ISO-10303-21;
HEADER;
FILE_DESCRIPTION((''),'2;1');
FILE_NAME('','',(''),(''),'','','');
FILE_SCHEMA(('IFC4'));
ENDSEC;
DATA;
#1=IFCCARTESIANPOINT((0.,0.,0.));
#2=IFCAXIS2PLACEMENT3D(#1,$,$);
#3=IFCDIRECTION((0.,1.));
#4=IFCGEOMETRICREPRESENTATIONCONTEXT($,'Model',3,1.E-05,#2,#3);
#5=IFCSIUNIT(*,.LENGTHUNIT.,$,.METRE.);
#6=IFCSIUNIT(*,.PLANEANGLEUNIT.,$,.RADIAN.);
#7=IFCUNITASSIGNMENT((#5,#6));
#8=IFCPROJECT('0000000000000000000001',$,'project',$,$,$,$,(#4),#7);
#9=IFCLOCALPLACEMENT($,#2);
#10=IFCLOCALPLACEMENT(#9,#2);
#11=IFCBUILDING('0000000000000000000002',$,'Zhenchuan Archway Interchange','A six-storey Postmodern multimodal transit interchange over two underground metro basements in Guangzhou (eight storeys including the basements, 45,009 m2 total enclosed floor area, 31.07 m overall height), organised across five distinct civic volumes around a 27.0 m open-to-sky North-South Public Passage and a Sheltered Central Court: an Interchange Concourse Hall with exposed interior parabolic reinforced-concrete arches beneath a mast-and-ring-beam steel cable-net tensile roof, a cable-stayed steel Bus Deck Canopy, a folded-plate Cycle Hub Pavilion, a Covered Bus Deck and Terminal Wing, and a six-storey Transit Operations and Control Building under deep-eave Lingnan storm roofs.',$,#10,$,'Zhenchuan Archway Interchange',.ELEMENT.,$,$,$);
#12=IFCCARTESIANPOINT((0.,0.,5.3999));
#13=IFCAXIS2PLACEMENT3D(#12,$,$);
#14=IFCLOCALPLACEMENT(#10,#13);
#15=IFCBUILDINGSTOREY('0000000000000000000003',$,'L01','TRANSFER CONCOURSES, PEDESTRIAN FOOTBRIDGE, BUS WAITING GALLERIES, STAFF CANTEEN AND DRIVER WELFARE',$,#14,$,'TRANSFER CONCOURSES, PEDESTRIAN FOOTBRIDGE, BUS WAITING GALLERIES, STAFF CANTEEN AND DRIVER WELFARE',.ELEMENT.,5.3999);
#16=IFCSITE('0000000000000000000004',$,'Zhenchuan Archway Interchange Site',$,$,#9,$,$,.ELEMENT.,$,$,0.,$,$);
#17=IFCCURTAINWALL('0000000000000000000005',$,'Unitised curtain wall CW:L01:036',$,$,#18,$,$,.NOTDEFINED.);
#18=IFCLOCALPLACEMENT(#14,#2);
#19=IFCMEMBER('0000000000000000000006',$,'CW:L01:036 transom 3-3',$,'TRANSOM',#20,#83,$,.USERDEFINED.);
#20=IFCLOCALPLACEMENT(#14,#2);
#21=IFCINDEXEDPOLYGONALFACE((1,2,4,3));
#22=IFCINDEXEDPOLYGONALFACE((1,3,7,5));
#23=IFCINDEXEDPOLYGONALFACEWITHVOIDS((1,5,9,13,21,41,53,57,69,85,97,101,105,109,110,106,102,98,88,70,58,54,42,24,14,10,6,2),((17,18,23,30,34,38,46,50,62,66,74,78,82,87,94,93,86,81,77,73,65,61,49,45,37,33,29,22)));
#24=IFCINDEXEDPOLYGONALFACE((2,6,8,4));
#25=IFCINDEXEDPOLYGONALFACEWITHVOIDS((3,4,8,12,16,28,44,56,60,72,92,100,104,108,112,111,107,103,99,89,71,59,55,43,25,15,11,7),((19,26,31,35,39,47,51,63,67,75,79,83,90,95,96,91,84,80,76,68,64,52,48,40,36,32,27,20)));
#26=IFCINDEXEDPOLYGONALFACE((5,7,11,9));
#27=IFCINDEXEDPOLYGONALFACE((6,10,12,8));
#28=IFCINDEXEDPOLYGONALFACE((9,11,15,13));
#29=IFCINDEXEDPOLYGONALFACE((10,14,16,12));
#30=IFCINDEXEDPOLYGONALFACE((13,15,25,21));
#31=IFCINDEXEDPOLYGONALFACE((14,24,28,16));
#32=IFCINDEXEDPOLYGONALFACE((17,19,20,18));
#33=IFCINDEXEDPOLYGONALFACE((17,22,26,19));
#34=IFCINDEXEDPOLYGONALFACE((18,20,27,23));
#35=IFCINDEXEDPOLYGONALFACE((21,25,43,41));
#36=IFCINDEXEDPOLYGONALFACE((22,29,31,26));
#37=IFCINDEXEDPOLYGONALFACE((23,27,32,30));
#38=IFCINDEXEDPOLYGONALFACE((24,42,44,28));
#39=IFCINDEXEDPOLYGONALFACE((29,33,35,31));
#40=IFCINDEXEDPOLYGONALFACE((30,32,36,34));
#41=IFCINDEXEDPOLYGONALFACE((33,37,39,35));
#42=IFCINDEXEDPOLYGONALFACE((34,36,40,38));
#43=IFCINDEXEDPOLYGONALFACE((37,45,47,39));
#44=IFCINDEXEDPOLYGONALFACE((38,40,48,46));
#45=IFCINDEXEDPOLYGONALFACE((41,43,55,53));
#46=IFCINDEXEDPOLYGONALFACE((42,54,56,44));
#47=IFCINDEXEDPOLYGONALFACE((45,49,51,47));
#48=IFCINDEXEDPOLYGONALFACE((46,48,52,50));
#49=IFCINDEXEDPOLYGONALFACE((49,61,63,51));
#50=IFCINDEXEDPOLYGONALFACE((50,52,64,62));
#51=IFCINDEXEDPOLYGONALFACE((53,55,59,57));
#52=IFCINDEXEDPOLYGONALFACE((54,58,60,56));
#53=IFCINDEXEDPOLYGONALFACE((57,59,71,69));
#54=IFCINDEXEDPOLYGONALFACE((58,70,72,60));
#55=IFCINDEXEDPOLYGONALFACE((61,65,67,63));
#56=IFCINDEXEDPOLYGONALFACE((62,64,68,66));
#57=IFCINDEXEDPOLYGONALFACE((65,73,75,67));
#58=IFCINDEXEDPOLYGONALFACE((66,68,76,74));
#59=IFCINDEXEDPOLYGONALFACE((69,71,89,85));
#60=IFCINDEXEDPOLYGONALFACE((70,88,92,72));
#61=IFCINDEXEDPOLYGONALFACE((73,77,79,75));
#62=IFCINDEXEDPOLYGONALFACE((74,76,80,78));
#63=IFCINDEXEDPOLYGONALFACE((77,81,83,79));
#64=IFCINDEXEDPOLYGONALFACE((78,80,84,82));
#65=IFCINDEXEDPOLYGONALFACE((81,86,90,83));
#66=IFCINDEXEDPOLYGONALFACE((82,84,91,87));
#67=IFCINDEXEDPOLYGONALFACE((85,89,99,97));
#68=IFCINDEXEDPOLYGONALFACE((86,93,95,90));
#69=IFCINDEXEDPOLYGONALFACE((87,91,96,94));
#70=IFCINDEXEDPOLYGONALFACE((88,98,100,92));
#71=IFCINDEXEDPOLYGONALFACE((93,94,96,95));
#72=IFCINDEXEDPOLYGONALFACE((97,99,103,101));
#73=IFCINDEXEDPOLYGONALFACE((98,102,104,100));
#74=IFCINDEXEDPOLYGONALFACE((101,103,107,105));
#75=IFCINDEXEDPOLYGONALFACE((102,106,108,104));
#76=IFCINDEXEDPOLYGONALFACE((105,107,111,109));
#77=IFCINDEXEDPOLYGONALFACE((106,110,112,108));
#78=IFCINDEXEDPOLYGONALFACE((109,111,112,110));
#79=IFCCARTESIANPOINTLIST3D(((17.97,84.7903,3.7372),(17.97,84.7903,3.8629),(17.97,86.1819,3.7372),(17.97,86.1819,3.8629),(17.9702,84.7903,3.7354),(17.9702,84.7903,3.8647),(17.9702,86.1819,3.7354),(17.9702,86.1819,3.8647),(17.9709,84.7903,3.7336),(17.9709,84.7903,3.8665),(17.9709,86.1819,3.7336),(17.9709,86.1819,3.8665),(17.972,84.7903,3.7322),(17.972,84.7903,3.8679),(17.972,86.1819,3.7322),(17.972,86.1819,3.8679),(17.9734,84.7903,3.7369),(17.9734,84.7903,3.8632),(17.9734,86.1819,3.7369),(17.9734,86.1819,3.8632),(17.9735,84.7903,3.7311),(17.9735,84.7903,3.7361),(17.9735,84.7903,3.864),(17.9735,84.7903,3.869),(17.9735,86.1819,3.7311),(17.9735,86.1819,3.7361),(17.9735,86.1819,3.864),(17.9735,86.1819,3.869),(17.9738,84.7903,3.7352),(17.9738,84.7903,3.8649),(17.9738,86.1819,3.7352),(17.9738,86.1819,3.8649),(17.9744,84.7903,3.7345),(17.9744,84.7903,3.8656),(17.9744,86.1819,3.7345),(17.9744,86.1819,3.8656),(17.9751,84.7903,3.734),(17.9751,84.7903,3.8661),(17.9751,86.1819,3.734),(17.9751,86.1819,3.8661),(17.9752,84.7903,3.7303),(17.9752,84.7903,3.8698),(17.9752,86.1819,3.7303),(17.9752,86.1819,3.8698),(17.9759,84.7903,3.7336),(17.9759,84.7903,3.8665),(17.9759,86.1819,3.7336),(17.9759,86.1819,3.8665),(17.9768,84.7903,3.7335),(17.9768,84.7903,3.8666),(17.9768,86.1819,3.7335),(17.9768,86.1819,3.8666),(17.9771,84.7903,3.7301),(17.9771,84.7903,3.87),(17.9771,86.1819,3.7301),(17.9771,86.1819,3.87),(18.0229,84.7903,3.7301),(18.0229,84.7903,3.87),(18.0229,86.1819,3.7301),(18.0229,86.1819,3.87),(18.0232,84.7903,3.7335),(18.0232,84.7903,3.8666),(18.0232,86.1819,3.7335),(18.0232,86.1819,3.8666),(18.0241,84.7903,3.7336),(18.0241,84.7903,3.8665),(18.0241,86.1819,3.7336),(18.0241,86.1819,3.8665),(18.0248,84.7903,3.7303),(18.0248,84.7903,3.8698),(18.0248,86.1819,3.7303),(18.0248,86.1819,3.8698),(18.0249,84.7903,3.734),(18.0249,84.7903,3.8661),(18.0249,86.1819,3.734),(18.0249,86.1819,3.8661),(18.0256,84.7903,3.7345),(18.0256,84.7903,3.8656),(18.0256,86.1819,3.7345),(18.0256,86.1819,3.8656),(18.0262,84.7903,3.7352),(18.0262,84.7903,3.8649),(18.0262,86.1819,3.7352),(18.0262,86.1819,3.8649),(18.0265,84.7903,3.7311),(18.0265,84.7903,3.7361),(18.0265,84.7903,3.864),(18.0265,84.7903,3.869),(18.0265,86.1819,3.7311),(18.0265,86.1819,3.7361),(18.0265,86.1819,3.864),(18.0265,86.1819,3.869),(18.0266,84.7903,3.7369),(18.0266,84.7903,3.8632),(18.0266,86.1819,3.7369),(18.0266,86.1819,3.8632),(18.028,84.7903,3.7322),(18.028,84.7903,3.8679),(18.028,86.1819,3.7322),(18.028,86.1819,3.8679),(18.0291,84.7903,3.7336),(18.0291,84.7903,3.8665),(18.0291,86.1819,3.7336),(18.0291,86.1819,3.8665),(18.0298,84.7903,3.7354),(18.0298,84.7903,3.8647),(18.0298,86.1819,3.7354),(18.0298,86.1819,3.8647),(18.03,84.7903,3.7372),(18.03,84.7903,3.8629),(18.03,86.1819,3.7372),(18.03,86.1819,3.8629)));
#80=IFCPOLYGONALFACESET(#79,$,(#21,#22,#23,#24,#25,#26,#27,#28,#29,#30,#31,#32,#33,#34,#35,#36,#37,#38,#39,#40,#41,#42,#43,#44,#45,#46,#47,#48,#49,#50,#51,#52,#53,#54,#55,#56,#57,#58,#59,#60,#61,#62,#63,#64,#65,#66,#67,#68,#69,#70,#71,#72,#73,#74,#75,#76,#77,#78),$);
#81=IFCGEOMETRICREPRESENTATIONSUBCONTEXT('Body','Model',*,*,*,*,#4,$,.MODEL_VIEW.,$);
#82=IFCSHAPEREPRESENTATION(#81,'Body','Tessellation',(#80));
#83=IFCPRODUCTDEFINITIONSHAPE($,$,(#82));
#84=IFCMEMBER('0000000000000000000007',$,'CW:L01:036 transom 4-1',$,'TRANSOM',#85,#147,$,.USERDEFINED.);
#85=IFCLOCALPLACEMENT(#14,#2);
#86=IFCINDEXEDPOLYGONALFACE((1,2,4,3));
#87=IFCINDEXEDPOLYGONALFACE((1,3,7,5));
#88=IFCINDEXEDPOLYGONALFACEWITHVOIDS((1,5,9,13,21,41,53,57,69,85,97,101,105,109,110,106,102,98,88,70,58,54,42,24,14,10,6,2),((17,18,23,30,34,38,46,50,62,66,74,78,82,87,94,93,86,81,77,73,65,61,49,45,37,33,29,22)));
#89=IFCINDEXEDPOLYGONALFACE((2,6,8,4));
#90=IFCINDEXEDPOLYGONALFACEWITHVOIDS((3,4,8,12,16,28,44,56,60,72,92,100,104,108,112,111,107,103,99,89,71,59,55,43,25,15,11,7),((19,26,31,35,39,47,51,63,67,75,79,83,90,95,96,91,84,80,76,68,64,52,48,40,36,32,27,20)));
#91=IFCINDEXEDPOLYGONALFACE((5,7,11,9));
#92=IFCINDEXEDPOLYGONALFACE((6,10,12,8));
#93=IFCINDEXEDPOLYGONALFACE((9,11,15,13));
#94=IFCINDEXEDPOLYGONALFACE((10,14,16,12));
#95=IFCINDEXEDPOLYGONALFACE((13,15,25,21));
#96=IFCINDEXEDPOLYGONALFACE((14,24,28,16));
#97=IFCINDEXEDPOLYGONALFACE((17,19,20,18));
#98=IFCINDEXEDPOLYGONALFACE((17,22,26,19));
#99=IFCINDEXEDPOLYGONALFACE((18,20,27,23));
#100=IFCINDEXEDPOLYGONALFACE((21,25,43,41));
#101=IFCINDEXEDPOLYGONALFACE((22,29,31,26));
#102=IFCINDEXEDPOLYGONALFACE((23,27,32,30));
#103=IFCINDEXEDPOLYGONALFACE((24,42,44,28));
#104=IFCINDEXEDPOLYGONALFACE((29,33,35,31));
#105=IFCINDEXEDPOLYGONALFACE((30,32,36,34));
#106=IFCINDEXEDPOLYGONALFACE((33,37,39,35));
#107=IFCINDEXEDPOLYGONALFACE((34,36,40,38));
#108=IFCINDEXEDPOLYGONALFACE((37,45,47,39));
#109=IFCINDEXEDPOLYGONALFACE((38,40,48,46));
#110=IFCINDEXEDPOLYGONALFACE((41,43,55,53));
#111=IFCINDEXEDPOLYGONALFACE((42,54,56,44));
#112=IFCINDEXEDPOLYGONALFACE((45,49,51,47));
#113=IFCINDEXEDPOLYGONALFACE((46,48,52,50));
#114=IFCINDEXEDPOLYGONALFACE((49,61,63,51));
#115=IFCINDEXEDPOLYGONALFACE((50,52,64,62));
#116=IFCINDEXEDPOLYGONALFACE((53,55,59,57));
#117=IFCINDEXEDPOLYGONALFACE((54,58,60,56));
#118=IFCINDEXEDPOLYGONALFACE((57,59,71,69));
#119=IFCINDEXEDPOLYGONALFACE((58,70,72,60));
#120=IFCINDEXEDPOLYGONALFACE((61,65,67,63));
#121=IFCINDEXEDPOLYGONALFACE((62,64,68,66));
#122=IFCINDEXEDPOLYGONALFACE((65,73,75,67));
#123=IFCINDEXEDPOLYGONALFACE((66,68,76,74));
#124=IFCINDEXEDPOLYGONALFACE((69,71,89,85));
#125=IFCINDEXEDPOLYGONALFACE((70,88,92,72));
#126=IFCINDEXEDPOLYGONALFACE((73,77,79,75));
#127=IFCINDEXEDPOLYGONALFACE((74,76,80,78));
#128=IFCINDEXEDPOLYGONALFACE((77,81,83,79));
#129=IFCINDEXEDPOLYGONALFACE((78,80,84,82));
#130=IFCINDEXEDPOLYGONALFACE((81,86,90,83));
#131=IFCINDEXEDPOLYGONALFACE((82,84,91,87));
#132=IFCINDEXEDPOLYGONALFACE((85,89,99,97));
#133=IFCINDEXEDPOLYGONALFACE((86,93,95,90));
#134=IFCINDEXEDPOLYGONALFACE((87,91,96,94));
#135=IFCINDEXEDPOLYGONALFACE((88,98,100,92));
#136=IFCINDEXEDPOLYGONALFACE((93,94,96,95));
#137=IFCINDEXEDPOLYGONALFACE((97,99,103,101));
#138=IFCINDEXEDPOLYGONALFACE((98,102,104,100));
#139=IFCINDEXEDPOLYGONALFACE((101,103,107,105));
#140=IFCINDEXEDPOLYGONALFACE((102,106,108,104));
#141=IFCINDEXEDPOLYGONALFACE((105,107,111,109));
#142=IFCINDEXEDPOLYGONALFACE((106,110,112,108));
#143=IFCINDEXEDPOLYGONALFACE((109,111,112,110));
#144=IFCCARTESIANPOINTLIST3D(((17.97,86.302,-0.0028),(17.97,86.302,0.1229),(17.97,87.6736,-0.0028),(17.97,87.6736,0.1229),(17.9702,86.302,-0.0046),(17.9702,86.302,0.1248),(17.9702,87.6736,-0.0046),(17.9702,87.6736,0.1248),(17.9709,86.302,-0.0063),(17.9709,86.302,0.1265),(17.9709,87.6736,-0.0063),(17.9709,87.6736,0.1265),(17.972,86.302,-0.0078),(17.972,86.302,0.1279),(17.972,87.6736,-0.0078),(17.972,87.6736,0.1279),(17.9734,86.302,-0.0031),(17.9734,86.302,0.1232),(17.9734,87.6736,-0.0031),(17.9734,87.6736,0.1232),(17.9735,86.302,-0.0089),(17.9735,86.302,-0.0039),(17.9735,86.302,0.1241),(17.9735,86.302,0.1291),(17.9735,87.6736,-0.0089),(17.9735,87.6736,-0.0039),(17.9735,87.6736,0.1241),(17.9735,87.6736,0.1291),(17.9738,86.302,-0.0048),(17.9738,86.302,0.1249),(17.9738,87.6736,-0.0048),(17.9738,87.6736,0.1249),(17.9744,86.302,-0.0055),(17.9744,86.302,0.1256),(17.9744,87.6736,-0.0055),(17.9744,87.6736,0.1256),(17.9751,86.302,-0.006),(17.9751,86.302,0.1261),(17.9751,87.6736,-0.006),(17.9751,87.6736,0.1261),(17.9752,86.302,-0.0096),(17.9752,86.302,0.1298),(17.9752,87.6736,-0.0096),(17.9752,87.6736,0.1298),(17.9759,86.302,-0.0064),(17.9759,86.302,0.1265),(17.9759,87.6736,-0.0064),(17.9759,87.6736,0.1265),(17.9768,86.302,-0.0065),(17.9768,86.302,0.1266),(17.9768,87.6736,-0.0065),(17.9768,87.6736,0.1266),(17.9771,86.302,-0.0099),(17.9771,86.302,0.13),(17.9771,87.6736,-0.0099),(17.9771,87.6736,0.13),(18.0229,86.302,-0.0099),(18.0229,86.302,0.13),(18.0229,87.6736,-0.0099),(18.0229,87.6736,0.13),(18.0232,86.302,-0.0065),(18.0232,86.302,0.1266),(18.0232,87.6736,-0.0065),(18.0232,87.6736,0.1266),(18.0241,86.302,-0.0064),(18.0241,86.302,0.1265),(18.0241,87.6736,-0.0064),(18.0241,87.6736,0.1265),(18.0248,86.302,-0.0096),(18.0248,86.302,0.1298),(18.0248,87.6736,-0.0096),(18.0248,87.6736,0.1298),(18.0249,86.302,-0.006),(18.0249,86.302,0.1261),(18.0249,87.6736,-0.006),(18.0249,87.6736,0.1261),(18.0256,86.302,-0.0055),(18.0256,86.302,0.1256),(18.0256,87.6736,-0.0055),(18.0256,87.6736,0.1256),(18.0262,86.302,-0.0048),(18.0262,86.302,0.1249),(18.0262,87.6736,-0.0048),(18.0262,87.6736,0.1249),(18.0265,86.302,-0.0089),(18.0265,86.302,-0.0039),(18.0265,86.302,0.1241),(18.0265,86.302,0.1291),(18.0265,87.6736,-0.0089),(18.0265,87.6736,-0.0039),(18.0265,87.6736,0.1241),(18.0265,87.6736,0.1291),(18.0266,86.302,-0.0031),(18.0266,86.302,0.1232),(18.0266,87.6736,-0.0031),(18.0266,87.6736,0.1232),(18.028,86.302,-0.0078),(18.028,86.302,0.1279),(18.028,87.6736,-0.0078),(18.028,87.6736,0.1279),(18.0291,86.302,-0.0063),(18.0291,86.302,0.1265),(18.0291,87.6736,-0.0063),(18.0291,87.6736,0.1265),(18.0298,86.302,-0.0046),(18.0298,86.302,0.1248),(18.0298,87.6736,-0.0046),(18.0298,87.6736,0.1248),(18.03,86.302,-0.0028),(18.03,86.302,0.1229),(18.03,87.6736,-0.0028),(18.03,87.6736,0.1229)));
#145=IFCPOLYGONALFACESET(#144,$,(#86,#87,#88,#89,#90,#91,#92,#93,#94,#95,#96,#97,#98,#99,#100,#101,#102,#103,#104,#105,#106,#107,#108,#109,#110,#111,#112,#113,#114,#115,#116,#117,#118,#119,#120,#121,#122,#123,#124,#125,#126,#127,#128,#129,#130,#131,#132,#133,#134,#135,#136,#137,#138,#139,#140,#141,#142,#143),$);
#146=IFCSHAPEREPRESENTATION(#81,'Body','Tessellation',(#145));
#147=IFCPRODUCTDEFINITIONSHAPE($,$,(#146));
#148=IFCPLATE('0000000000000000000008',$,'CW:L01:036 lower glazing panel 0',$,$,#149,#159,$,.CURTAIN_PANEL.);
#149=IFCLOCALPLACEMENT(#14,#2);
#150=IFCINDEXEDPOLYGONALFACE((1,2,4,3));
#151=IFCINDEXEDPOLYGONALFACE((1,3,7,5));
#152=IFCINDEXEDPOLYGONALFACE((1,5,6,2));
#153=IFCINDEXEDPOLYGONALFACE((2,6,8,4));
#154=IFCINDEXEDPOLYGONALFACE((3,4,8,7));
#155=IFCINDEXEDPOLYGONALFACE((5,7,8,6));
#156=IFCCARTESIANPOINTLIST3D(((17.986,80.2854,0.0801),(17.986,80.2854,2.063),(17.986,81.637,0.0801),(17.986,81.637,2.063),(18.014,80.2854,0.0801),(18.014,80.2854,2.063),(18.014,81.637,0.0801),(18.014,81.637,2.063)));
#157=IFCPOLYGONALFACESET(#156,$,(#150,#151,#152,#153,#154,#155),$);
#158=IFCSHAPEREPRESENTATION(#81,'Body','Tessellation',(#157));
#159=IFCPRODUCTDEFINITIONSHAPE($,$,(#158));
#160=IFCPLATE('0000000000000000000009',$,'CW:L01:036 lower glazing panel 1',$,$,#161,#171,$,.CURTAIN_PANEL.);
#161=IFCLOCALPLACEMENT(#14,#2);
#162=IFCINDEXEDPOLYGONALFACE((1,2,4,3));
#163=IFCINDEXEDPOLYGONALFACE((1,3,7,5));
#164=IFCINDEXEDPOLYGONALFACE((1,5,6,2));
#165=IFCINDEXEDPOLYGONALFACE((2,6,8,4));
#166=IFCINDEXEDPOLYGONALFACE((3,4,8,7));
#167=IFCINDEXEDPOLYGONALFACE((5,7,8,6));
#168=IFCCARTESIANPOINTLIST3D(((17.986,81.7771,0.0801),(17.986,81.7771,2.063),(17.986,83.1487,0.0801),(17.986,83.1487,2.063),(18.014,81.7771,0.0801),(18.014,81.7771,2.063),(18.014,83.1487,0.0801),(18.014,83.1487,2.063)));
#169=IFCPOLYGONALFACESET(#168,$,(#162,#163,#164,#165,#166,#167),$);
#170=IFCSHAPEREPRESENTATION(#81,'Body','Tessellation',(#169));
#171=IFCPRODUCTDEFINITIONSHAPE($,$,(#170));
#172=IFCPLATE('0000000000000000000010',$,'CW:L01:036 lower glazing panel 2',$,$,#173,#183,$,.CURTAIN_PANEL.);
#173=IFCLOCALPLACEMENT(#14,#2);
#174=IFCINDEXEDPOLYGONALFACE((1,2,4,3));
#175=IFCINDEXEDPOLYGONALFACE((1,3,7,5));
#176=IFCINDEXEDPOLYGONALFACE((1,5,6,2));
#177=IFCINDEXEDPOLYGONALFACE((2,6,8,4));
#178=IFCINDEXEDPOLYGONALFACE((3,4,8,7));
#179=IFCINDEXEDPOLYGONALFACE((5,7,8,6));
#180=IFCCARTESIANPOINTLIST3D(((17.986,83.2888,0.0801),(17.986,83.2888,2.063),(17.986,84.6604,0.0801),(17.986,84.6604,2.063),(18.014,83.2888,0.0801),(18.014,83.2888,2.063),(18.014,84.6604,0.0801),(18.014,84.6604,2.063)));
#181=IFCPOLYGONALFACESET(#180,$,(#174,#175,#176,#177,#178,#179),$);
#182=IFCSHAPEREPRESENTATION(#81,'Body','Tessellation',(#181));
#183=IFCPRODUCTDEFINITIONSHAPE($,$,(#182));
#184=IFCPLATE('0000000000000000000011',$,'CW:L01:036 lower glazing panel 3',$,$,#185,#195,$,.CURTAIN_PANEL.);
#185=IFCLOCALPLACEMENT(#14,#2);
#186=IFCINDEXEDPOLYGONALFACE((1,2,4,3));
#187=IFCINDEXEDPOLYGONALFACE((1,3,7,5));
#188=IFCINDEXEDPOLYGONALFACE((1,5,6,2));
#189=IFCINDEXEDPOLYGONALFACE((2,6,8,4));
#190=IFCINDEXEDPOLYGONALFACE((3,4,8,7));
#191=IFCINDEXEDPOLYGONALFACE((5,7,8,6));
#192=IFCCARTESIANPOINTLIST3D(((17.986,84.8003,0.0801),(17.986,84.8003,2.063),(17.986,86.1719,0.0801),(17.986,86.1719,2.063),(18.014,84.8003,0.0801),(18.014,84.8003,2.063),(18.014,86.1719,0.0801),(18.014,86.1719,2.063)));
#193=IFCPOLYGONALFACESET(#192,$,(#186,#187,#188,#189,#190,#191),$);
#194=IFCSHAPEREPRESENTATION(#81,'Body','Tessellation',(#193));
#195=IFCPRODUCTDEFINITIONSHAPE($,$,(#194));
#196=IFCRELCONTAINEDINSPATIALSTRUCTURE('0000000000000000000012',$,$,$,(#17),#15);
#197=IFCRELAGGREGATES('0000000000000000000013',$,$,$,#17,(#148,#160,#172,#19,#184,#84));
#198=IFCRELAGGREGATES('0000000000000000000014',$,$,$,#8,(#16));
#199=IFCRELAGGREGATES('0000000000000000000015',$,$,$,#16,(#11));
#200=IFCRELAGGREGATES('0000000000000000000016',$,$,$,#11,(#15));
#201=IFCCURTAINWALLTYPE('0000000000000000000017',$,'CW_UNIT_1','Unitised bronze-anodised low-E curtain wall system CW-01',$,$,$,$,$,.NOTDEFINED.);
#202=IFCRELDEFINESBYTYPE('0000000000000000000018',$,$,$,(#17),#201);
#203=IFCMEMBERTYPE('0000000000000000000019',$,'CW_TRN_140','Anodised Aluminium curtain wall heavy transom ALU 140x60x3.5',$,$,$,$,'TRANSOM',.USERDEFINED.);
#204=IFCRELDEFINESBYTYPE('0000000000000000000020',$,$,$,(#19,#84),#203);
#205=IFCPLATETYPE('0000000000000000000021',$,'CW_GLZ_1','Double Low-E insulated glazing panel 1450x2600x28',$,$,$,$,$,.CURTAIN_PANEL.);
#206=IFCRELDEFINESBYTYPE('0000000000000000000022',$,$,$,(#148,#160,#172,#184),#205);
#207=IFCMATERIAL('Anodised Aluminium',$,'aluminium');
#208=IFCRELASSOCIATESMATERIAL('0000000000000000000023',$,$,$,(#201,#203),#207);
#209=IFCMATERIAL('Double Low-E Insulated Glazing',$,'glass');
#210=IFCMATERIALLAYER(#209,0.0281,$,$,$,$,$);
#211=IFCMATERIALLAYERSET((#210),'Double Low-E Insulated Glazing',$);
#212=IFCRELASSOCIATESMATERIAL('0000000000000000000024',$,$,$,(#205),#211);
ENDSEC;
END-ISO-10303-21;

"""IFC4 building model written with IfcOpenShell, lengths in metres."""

from ifc_helpers import new_model, si_unit, direction, frame, origin, origin_2d, place, context, subcontext, project, spatial, rectangle, hollow_rectangle, extrude, material, layer, layer_set, material_profile, profile_set, type_object, element, aggregate, save


model = new_model("IFC4")

# Units and contexts
model_context = context("Model", 3, precision=1e-05, world=origin(), true_north=direction((0.0, 1.0)))
body_context = subcontext(model_context, "Body", "Model", "MODEL_VIEW")
ifc_project = project(units=[si_unit("LENGTHUNIT", "METRE"), si_unit("PLANEANGLEUNIT", "RADIAN")], contexts=[model_context])

# Site, building, storey
site_placement = place(None, origin())
site = spatial("IfcSite", under=ifc_project, at=site_placement, Name="Zhenchuan Archway Interchange Site", CompositionType="ELEMENT", RefElevation=0.0)
building_placement = place(site_placement, origin())
building = spatial("IfcBuilding", under=site, at=building_placement, Name="Zhenchuan Archway Interchange", Description="A six-storey Postmodern multimodal transit interchange over two underground metro basements in Guangzhou (eight storeys including the basements, 45,009 m2 total enclosed floor area, 31.07 m overall height), organised across five distinct civic volumes around a 27.0 m open-to-sky North-South Public Passage and a Sheltered Central Court: an Interchange Concourse Hall with exposed interior parabolic reinforced-concrete arches beneath a mast-and-ring-beam steel cable-net tensile roof, a cable-stayed steel Bus Deck Canopy, a folded-plate Cycle Hub Pavilion, a Covered Bus Deck and Terminal Wing, and a six-storey Transit Operations and Control Building under deep-eave Lingnan storm roofs.", LongName="Zhenchuan Archway Interchange", CompositionType="ELEMENT")
storey_placement = place(building_placement, frame((0.0, 0.0, 5.3999)))
storey = spatial("IfcBuildingStorey", under=building, at=storey_placement, Name="L01", Description="TRANSFER CONCOURSES, PEDESTRIAN FOOTBRIDGE, BUS WAITING GALLERIES, STAFF CANTEEN AND DRIVER WELFARE", LongName="TRANSFER CONCOURSES, PEDESTRIAN FOOTBRIDGE, BUS WAITING GALLERIES, STAFF CANTEEN AND DRIVER WELFARE", CompositionType="ELEMENT", Elevation=5.3999)

# Curtain wall, members, plates
ifc_material_1 = material(Name="Anodised Aluminium", Category="aluminium")
curtain_wall_type = type_object("IfcCurtainWallType", Name="CW_UNIT_1", Description="Unitised bronze-anodised low-E curtain wall system CW-01", PredefinedType="NOTDEFINED", material=ifc_material_1)
curtain_wall_placement = place(storey_placement, origin())
curtain_wall = element("IfcCurtainWall", 1, at=curtain_wall_placement, inside=storey, type_object=curtain_wall_type, Name="Unitised curtain wall CW:L01:036", PredefinedType="NOTDEFINED")
ifc_material_profile_1 = material_profile(ifc_material_1, hollow_rectangle(XDim=0.0601, YDim=0.1399, WallThickness=0.0034, InnerFilletRadius=0.0034, OuterFilletRadius=0.0071, at=origin_2d()), Name="ALU 140x60x3.5")
ifc_profile_set_1 = profile_set([ifc_material_profile_1], Name="Anodised Aluminium")
member_type_1 = type_object("IfcMemberType", Name="CW_TRN_140", Description="Anodised Aluminium curtain wall heavy transom ALU 140x60x3.5", ElementType="TRANSOM", PredefinedType="USERDEFINED", material=ifc_profile_set_1)
member_1_placement = place(storey_placement, frame((18.0, 84.7903, 3.8), z_axis=(0.0, 1.0, 0.0), x_axis=(-1.0, 0.0, 0.0)))
member_1 = element("IfcMember", 2, at=member_1_placement, type_object=member_type_1, Name="CW:L01:036 transom 3-3", ObjectType="TRANSOM", PredefinedType="USERDEFINED", context=body_context, shape_type="SweptSolid", body=[
    extrude(hollow_rectangle(XDim=0.0601, YDim=0.1399, WallThickness=0.0034, InnerFilletRadius=0.0034, OuterFilletRadius=0.0071, at=origin_2d()), origin(), (0.0, 0.0, 1.0), 1.3916),
])
member_2_placement = place(storey_placement, frame((18.0, 86.302, 0.0601), z_axis=(0.0, 1.0, 0.0), x_axis=(-1.0, 0.0, 0.0)))
member_2 = element("IfcMember", 3, at=member_2_placement, type_object=member_type_1, Name="CW:L01:036 transom 4-1", ObjectType="TRANSOM", PredefinedType="USERDEFINED", context=body_context, shape_type="SweptSolid", body=[
    extrude(hollow_rectangle(XDim=0.0601, YDim=0.1399, WallThickness=0.0034, InnerFilletRadius=0.0034, OuterFilletRadius=0.0071, at=origin_2d()), origin(), (0.0, 0.0, 1.0), 1.3716),
])
ifc_material_2 = material(Name="Double Low-E Insulated Glazing", Category="glass")
ifc_layer_1 = layer(ifc_material_2, 0.0281)
ifc_layer_set_1 = layer_set([ifc_layer_1], Name="Double Low-E Insulated Glazing")
plate_type_1 = type_object("IfcPlateType", Name="CW_GLZ_1", Description="Double Low-E insulated glazing panel 1450x2600x28", PredefinedType="CURTAIN_PANEL", material=ifc_layer_set_1)
plate_1_placement = place(storey_placement, frame((18.0, 80.9612, 0.0801), z_axis=(0.0, 0.0, 1.0), x_axis=(0.0, 1.0, 0.0)))
plate_1 = element("IfcPlate", 4, at=plate_1_placement, type_object=plate_type_1, Name="CW:L01:036 lower glazing panel 0", PredefinedType="CURTAIN_PANEL", context=body_context, shape_type="SweptSolid", body=[
    extrude(rectangle(XDim=1.3516, YDim=0.0281, at=origin_2d()), origin(), (0.0, 0.0, 1.0), 1.9829),
])
plate_2_placement = place(storey_placement, frame((18.0, 82.4629, 0.0801), z_axis=(0.0, 0.0, 1.0), x_axis=(0.0, 1.0, 0.0)))
plate_2 = element("IfcPlate", 5, at=plate_2_placement, type_object=plate_type_1, Name="CW:L01:036 lower glazing panel 1", PredefinedType="CURTAIN_PANEL", context=body_context, shape_type="SweptSolid", body=[
    extrude(rectangle(XDim=1.3716, YDim=0.0281, at=origin_2d()), origin(), (0.0, 0.0, 1.0), 1.9829),
])
plate_3_placement = place(storey_placement, frame((18.0, 83.9746, 0.0801), z_axis=(0.0, 0.0, 1.0), x_axis=(0.0, 1.0, 0.0)))
plate_3 = element("IfcPlate", 6, at=plate_3_placement, type_object=plate_type_1, Name="CW:L01:036 lower glazing panel 2", PredefinedType="CURTAIN_PANEL", context=body_context, shape_type="SweptSolid", body=[
    extrude(rectangle(XDim=1.3716, YDim=0.0281, at=origin_2d()), origin(), (0.0, 0.0, 1.0), 1.9829),
])
plate_4_placement = place(storey_placement, frame((18.0, 85.4861, 0.0801), z_axis=(0.0, 0.0, 1.0), x_axis=(0.0, 1.0, 0.0)))
plate_4 = element("IfcPlate", 7, at=plate_4_placement, type_object=plate_type_1, Name="CW:L01:036 lower glazing panel 3", PredefinedType="CURTAIN_PANEL", context=body_context, shape_type="SweptSolid", body=[
    extrude(rectangle(XDim=1.3716, YDim=0.0281, at=origin_2d()), origin(), (0.0, 0.0, 1.0), 1.9829),
])
aggregate(curtain_wall, [plate_1, plate_2, plate_3, member_1, plate_4, member_2])

save(model, "model.ifc")
